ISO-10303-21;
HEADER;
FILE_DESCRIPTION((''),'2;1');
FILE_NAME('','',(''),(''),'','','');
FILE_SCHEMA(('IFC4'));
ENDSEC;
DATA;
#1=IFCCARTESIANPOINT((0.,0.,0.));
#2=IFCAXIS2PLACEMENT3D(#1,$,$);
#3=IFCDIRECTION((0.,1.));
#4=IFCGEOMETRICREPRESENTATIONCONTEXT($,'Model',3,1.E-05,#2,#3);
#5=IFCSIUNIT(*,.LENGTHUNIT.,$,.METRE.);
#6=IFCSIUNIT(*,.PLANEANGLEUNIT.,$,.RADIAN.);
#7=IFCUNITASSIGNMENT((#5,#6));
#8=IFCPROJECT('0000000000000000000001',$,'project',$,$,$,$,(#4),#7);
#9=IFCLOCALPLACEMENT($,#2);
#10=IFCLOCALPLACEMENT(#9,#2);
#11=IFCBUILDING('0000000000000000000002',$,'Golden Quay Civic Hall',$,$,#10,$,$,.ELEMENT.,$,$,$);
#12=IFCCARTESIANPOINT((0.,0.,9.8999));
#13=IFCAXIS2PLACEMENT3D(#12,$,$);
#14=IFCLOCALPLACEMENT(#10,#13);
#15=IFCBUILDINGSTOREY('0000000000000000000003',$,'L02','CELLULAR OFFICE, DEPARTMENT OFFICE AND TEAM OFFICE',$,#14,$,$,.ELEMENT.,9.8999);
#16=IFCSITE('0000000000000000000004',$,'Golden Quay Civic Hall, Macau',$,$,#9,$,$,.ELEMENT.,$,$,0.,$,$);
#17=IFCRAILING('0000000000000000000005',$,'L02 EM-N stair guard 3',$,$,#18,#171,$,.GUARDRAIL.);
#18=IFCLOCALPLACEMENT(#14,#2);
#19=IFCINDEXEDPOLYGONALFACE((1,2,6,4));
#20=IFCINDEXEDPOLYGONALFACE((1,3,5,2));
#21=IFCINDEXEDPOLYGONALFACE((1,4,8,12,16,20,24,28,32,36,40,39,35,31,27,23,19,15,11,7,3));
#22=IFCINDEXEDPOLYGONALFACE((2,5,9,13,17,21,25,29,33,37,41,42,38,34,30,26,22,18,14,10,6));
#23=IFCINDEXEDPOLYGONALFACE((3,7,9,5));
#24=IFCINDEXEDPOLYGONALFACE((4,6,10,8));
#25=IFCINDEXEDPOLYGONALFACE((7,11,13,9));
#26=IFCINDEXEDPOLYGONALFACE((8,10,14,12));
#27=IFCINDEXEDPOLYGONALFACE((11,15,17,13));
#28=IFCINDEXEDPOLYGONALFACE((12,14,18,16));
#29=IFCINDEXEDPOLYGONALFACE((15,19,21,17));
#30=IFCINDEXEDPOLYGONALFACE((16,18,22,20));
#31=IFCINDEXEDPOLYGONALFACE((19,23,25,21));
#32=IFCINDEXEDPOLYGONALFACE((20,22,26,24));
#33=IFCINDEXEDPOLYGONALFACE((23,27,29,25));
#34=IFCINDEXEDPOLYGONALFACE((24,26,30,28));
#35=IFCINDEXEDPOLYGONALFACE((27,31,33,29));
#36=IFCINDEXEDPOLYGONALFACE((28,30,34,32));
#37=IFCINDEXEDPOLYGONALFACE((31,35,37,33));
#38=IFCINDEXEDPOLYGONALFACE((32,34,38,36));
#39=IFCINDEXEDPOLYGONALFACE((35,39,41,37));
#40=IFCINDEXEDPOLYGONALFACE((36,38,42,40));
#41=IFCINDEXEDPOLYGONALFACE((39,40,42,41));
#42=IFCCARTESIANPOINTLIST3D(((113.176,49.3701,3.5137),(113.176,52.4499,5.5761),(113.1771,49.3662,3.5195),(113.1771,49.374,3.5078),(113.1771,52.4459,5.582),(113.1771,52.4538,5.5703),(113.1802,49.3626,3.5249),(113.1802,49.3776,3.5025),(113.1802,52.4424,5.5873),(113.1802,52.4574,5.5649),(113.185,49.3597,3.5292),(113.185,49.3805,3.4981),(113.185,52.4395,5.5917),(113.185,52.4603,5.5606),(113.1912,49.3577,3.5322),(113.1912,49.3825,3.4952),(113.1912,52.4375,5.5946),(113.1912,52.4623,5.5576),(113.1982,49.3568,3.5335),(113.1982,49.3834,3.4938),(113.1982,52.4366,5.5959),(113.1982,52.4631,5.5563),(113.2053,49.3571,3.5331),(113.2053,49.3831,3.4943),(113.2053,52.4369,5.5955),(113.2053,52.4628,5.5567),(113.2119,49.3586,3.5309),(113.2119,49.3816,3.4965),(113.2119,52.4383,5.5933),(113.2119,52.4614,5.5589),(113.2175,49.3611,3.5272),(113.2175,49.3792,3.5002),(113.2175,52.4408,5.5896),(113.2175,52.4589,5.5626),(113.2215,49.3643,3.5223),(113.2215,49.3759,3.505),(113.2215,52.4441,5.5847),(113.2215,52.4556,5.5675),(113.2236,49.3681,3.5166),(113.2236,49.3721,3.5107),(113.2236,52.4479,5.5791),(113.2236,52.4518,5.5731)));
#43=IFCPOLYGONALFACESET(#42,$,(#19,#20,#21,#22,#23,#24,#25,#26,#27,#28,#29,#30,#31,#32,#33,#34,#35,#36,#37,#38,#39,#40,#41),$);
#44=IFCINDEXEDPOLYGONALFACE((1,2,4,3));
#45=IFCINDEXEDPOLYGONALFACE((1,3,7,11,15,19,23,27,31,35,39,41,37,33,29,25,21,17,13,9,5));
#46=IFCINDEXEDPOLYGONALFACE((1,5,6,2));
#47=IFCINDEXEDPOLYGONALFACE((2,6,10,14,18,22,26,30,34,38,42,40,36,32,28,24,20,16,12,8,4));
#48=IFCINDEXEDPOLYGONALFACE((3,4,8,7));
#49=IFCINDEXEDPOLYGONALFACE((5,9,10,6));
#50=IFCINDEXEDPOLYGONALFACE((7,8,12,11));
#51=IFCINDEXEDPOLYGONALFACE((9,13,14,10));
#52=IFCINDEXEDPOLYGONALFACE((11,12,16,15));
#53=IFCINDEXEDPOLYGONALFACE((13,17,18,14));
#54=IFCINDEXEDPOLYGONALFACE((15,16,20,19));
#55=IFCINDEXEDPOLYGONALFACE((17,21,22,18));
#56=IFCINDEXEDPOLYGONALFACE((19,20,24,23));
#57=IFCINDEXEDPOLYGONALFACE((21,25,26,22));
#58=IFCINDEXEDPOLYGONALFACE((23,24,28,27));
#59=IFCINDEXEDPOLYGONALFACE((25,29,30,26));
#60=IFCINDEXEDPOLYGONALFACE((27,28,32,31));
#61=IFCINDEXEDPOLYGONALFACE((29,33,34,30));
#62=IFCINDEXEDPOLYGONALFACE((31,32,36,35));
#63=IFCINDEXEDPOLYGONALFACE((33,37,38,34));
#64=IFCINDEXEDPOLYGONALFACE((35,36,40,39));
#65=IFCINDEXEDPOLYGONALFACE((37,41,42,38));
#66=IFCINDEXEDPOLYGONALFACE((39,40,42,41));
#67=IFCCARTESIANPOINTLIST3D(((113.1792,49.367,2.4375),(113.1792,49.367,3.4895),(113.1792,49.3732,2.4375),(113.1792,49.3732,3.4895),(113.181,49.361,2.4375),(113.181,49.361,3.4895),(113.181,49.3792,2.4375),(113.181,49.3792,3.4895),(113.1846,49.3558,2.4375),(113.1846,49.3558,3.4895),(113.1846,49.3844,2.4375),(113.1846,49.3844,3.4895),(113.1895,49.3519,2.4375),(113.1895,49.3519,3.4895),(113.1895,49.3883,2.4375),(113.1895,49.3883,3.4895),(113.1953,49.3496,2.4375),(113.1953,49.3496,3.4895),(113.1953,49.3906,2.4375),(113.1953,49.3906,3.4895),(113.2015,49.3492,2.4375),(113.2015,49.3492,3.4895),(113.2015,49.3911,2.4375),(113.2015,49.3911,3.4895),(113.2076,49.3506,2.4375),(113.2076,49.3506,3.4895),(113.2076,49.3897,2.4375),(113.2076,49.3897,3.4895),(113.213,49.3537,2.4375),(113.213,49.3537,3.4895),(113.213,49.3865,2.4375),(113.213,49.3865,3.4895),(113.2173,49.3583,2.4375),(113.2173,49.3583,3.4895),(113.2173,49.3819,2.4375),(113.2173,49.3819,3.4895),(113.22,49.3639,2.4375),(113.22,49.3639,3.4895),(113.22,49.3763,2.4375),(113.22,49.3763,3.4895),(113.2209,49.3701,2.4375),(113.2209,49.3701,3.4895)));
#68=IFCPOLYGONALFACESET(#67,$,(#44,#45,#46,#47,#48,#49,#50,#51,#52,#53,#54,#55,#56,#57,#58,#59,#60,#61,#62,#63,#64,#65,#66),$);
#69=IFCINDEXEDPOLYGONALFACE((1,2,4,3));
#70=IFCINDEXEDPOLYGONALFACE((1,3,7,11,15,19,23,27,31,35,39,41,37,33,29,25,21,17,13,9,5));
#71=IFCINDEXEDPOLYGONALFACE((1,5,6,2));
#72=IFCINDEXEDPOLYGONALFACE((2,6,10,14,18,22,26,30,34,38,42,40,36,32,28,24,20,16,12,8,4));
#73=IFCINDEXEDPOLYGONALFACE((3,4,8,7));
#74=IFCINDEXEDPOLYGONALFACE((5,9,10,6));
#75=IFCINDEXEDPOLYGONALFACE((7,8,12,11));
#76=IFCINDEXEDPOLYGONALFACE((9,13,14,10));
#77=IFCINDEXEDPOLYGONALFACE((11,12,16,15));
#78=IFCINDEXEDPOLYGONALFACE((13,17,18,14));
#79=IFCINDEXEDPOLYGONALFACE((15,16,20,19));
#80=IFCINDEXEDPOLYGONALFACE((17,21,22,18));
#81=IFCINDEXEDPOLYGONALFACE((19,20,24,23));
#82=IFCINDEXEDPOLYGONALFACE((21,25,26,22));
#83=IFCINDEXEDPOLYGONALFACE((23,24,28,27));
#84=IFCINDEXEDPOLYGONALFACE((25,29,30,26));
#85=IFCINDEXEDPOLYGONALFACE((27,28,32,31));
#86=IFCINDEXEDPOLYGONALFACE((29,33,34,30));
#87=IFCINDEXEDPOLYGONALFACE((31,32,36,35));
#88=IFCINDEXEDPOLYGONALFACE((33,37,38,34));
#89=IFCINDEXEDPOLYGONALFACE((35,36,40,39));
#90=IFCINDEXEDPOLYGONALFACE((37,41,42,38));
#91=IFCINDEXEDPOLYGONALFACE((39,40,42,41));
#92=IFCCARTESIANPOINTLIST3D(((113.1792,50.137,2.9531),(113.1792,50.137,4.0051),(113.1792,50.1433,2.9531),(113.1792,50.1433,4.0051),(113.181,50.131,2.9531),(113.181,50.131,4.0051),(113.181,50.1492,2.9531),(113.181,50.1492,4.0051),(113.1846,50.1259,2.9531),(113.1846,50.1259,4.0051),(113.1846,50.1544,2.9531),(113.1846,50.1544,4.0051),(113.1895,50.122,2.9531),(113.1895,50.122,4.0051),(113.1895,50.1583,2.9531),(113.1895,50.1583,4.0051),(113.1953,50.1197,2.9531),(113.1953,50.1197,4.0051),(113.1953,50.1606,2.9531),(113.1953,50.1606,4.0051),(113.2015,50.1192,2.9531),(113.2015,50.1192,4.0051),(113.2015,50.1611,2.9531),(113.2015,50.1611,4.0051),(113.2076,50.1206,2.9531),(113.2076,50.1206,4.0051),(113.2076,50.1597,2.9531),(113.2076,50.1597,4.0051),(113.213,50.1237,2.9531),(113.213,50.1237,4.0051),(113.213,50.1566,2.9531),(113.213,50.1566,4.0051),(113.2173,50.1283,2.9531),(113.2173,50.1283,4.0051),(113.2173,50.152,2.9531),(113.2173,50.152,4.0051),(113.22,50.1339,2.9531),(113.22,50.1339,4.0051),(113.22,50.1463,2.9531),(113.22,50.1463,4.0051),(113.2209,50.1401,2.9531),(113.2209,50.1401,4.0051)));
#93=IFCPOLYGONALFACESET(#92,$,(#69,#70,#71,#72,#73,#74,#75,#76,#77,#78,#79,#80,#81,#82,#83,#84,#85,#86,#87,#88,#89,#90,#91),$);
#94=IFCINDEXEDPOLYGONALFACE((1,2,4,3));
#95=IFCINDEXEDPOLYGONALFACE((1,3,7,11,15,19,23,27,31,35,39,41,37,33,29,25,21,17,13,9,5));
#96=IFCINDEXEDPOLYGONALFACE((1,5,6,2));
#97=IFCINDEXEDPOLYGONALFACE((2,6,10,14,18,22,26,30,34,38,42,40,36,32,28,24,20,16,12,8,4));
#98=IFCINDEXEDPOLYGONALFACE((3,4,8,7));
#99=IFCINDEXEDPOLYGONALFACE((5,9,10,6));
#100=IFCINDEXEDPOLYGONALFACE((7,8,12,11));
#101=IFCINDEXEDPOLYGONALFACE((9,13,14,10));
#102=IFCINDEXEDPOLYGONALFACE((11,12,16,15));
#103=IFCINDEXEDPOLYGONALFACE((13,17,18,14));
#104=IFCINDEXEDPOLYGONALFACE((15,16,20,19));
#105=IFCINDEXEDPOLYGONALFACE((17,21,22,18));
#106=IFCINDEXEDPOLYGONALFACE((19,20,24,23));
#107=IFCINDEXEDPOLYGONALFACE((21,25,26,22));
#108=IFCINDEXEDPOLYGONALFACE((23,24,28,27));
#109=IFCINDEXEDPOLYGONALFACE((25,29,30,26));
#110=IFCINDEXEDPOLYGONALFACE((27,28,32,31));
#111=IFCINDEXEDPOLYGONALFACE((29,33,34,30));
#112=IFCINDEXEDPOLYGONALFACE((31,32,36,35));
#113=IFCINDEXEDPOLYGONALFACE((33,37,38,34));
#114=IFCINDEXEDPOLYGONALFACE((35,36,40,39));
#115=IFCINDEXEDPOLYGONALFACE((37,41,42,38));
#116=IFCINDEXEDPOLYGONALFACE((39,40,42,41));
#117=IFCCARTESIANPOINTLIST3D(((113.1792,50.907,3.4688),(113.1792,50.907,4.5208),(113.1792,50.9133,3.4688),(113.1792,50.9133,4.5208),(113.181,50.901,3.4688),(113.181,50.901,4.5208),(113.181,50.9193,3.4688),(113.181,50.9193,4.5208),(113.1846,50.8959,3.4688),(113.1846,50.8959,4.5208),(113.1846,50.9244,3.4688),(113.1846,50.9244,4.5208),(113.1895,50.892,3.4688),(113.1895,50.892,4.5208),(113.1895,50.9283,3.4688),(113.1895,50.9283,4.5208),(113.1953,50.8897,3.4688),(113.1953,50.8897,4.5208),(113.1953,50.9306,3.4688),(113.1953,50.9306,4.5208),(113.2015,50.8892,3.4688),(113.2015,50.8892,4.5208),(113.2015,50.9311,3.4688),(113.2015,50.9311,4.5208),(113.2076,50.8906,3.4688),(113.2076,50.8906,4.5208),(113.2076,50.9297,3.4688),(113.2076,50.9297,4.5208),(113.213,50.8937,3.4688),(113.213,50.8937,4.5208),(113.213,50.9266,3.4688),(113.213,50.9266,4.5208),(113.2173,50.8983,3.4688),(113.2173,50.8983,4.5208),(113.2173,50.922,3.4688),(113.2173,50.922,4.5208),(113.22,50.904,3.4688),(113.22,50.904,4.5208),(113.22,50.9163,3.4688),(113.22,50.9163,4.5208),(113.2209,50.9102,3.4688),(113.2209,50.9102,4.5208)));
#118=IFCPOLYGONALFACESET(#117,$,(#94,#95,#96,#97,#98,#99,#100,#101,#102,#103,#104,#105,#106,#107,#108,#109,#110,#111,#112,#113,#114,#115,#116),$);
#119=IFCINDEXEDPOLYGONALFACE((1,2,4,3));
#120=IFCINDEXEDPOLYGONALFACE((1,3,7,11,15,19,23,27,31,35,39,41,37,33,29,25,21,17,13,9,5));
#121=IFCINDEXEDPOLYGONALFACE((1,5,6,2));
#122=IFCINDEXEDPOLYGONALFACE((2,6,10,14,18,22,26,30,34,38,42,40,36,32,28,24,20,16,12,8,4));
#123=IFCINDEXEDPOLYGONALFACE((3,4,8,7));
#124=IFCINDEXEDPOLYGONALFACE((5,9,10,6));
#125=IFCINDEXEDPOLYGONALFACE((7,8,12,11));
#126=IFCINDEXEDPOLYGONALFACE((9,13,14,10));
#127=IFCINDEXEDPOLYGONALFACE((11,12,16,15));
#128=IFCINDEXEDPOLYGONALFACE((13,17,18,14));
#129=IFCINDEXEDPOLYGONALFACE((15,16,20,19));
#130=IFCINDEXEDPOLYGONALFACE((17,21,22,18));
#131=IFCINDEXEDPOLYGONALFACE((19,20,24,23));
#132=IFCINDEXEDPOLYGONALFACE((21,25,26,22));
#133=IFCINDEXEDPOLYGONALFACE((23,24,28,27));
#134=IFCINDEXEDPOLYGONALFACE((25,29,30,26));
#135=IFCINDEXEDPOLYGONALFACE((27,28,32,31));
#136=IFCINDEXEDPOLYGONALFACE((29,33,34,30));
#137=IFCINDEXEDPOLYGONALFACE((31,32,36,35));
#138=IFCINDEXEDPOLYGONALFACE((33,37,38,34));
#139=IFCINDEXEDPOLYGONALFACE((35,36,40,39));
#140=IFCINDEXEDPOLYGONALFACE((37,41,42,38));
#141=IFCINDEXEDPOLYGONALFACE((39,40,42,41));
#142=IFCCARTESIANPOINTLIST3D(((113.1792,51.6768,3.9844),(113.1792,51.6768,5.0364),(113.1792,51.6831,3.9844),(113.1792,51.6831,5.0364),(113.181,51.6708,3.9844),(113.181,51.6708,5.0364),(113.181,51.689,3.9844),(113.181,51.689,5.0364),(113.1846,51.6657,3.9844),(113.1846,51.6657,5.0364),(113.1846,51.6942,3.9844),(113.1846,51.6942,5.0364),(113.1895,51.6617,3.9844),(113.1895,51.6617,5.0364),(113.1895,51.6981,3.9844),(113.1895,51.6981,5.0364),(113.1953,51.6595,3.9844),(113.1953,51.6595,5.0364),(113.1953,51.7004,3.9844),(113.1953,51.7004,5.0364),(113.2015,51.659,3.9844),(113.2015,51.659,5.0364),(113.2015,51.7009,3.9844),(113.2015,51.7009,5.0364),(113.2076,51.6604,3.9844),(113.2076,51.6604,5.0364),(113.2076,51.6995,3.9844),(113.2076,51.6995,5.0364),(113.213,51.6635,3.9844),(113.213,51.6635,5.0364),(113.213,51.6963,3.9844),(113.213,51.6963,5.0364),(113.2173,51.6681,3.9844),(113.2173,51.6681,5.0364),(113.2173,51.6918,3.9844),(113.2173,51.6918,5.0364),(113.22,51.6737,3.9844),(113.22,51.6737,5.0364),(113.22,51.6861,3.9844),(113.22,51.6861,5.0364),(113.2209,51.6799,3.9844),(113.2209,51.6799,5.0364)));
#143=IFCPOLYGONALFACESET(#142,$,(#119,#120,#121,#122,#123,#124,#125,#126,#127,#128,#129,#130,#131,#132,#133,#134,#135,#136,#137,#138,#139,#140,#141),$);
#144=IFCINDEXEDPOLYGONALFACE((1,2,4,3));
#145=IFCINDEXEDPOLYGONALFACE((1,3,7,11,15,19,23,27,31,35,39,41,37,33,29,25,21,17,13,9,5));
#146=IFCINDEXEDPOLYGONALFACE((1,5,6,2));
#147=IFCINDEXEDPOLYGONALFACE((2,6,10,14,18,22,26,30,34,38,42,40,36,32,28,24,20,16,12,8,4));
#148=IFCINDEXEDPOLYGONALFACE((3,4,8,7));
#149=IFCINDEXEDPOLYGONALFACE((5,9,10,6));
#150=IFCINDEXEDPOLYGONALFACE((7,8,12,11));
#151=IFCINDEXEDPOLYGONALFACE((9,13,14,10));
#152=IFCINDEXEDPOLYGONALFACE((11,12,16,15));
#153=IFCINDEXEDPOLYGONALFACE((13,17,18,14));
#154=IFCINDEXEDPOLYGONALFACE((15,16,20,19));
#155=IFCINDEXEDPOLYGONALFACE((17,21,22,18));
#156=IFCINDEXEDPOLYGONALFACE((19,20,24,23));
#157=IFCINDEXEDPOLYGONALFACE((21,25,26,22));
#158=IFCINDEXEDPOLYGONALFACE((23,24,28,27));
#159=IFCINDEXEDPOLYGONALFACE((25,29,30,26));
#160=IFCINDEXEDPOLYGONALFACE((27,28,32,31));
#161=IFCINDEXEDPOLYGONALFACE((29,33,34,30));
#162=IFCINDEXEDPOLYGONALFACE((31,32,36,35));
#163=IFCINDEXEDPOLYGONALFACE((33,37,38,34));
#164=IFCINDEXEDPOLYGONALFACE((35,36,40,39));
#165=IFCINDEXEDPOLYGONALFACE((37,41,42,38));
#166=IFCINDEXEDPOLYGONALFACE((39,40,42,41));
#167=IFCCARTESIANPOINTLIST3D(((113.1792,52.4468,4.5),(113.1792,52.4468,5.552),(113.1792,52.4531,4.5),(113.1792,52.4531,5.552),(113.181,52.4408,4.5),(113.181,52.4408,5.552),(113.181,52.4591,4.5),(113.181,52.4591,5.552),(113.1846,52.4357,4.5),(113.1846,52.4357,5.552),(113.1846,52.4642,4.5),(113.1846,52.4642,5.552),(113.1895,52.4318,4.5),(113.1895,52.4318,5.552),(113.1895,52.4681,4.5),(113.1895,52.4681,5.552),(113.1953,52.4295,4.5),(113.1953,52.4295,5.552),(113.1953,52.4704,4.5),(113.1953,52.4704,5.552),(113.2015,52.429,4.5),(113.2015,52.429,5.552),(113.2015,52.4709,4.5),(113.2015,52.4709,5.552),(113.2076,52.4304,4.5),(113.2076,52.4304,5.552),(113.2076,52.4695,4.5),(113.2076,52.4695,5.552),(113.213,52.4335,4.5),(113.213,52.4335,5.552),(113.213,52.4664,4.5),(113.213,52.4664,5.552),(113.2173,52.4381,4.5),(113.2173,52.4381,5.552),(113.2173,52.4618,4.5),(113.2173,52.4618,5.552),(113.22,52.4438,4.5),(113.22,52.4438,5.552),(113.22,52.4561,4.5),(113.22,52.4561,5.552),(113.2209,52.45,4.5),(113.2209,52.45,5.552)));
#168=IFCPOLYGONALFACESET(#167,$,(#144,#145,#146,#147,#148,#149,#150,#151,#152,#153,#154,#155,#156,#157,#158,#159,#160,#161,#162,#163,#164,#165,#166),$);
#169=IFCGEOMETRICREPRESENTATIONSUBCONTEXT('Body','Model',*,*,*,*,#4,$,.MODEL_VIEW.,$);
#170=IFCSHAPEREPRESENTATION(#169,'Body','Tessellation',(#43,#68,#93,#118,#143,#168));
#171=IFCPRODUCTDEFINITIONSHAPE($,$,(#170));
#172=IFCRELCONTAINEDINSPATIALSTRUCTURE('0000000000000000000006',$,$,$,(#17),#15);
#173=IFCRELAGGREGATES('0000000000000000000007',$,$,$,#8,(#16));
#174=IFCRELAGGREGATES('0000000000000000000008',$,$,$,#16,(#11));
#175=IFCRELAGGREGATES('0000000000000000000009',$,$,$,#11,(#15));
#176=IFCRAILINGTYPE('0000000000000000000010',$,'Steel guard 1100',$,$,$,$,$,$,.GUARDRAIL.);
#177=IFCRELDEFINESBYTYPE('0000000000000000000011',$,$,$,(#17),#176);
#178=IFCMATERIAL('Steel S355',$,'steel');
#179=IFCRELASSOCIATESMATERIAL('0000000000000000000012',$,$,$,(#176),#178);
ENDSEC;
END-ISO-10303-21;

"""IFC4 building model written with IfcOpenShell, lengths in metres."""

from ifc_helpers import new_model, si_unit, direction, frame, origin, origin_2d, place, context, subcontext, project, spatial, circle, extrude, material, type_object, element, save


model = new_model("IFC4")

# Units and contexts
model_context = context("Model", 3, precision=1e-05, world=origin(), true_north=direction((0.0, 1.0)))
body_context = subcontext(model_context, "Body", "Model", "MODEL_VIEW")
ifc_project = project(units=[si_unit("LENGTHUNIT", "METRE"), si_unit("PLANEANGLEUNIT", "RADIAN")], contexts=[model_context])

# Site, building, storey
site_placement = place(None, origin())
site = spatial("IfcSite", under=ifc_project, at=site_placement, Name="Golden Quay Civic Hall, Macau", CompositionType="ELEMENT", RefElevation=0.0)
building_placement = place(site_placement, origin())
building = spatial("IfcBuilding", under=site, at=building_placement, Name="Golden Quay Civic Hall", CompositionType="ELEMENT")
storey_placement = place(building_placement, frame((0.0, 0.0, 9.8999)))
storey = spatial("IfcBuildingStorey", under=building, at=storey_placement, Name="L02", Description="CELLULAR OFFICE, DEPARTMENT OFFICE AND TEAM OFFICE", CompositionType="ELEMENT", Elevation=9.8999)

# Railing
ifc_material_1 = material(Name="Steel S355", Category="steel")
railing_type_1 = type_object("IfcRailingType", Name="Steel guard 1100", PredefinedType="GUARDRAIL", material=ifc_material_1)
railing_1_placement = place(storey_placement, frame((113.2, 49.3701, 2.4375)))
element("IfcRailing", 1, at=railing_1_placement, inside=storey, type_object=railing_type_1, Name="L02 EM-N stair guard 3", PredefinedType="GUARDRAIL", context=body_context, shape_type="SweptSolid", body=[
    extrude(circle(Radius=0.0239, at=origin_2d()), frame((0.0, 0.0, 1.0762), z_axis=(0.0, 0.830893, 0.556432), x_axis=(-1.0, 0.0, 0.0)), (0.0, 0.0, 1.0), 3.7065),
    extrude(circle(Radius=0.021, at=origin_2d()), origin(), (0.0, 0.0, 1.0), 1.052),
    extrude(circle(Radius=0.021, at=origin_2d()), frame((0.0, 0.77, 0.5156)), (0.0, 0.0, 1.0), 1.052),
    extrude(circle(Radius=0.021, at=origin_2d()), frame((0.0, 1.54, 1.0312)), (0.0, 0.0, 1.0), 1.052),
    extrude(circle(Radius=0.021, at=origin_2d()), frame((0.0, 2.3098, 1.5469)), (0.0, 0.0, 1.0), 1.052),
    extrude(circle(Radius=0.021, at=origin_2d()), frame((0.0, 3.0798, 2.0625)), (0.0, 0.0, 1.0), 1.052),
])

save(model, "model.ifc")
